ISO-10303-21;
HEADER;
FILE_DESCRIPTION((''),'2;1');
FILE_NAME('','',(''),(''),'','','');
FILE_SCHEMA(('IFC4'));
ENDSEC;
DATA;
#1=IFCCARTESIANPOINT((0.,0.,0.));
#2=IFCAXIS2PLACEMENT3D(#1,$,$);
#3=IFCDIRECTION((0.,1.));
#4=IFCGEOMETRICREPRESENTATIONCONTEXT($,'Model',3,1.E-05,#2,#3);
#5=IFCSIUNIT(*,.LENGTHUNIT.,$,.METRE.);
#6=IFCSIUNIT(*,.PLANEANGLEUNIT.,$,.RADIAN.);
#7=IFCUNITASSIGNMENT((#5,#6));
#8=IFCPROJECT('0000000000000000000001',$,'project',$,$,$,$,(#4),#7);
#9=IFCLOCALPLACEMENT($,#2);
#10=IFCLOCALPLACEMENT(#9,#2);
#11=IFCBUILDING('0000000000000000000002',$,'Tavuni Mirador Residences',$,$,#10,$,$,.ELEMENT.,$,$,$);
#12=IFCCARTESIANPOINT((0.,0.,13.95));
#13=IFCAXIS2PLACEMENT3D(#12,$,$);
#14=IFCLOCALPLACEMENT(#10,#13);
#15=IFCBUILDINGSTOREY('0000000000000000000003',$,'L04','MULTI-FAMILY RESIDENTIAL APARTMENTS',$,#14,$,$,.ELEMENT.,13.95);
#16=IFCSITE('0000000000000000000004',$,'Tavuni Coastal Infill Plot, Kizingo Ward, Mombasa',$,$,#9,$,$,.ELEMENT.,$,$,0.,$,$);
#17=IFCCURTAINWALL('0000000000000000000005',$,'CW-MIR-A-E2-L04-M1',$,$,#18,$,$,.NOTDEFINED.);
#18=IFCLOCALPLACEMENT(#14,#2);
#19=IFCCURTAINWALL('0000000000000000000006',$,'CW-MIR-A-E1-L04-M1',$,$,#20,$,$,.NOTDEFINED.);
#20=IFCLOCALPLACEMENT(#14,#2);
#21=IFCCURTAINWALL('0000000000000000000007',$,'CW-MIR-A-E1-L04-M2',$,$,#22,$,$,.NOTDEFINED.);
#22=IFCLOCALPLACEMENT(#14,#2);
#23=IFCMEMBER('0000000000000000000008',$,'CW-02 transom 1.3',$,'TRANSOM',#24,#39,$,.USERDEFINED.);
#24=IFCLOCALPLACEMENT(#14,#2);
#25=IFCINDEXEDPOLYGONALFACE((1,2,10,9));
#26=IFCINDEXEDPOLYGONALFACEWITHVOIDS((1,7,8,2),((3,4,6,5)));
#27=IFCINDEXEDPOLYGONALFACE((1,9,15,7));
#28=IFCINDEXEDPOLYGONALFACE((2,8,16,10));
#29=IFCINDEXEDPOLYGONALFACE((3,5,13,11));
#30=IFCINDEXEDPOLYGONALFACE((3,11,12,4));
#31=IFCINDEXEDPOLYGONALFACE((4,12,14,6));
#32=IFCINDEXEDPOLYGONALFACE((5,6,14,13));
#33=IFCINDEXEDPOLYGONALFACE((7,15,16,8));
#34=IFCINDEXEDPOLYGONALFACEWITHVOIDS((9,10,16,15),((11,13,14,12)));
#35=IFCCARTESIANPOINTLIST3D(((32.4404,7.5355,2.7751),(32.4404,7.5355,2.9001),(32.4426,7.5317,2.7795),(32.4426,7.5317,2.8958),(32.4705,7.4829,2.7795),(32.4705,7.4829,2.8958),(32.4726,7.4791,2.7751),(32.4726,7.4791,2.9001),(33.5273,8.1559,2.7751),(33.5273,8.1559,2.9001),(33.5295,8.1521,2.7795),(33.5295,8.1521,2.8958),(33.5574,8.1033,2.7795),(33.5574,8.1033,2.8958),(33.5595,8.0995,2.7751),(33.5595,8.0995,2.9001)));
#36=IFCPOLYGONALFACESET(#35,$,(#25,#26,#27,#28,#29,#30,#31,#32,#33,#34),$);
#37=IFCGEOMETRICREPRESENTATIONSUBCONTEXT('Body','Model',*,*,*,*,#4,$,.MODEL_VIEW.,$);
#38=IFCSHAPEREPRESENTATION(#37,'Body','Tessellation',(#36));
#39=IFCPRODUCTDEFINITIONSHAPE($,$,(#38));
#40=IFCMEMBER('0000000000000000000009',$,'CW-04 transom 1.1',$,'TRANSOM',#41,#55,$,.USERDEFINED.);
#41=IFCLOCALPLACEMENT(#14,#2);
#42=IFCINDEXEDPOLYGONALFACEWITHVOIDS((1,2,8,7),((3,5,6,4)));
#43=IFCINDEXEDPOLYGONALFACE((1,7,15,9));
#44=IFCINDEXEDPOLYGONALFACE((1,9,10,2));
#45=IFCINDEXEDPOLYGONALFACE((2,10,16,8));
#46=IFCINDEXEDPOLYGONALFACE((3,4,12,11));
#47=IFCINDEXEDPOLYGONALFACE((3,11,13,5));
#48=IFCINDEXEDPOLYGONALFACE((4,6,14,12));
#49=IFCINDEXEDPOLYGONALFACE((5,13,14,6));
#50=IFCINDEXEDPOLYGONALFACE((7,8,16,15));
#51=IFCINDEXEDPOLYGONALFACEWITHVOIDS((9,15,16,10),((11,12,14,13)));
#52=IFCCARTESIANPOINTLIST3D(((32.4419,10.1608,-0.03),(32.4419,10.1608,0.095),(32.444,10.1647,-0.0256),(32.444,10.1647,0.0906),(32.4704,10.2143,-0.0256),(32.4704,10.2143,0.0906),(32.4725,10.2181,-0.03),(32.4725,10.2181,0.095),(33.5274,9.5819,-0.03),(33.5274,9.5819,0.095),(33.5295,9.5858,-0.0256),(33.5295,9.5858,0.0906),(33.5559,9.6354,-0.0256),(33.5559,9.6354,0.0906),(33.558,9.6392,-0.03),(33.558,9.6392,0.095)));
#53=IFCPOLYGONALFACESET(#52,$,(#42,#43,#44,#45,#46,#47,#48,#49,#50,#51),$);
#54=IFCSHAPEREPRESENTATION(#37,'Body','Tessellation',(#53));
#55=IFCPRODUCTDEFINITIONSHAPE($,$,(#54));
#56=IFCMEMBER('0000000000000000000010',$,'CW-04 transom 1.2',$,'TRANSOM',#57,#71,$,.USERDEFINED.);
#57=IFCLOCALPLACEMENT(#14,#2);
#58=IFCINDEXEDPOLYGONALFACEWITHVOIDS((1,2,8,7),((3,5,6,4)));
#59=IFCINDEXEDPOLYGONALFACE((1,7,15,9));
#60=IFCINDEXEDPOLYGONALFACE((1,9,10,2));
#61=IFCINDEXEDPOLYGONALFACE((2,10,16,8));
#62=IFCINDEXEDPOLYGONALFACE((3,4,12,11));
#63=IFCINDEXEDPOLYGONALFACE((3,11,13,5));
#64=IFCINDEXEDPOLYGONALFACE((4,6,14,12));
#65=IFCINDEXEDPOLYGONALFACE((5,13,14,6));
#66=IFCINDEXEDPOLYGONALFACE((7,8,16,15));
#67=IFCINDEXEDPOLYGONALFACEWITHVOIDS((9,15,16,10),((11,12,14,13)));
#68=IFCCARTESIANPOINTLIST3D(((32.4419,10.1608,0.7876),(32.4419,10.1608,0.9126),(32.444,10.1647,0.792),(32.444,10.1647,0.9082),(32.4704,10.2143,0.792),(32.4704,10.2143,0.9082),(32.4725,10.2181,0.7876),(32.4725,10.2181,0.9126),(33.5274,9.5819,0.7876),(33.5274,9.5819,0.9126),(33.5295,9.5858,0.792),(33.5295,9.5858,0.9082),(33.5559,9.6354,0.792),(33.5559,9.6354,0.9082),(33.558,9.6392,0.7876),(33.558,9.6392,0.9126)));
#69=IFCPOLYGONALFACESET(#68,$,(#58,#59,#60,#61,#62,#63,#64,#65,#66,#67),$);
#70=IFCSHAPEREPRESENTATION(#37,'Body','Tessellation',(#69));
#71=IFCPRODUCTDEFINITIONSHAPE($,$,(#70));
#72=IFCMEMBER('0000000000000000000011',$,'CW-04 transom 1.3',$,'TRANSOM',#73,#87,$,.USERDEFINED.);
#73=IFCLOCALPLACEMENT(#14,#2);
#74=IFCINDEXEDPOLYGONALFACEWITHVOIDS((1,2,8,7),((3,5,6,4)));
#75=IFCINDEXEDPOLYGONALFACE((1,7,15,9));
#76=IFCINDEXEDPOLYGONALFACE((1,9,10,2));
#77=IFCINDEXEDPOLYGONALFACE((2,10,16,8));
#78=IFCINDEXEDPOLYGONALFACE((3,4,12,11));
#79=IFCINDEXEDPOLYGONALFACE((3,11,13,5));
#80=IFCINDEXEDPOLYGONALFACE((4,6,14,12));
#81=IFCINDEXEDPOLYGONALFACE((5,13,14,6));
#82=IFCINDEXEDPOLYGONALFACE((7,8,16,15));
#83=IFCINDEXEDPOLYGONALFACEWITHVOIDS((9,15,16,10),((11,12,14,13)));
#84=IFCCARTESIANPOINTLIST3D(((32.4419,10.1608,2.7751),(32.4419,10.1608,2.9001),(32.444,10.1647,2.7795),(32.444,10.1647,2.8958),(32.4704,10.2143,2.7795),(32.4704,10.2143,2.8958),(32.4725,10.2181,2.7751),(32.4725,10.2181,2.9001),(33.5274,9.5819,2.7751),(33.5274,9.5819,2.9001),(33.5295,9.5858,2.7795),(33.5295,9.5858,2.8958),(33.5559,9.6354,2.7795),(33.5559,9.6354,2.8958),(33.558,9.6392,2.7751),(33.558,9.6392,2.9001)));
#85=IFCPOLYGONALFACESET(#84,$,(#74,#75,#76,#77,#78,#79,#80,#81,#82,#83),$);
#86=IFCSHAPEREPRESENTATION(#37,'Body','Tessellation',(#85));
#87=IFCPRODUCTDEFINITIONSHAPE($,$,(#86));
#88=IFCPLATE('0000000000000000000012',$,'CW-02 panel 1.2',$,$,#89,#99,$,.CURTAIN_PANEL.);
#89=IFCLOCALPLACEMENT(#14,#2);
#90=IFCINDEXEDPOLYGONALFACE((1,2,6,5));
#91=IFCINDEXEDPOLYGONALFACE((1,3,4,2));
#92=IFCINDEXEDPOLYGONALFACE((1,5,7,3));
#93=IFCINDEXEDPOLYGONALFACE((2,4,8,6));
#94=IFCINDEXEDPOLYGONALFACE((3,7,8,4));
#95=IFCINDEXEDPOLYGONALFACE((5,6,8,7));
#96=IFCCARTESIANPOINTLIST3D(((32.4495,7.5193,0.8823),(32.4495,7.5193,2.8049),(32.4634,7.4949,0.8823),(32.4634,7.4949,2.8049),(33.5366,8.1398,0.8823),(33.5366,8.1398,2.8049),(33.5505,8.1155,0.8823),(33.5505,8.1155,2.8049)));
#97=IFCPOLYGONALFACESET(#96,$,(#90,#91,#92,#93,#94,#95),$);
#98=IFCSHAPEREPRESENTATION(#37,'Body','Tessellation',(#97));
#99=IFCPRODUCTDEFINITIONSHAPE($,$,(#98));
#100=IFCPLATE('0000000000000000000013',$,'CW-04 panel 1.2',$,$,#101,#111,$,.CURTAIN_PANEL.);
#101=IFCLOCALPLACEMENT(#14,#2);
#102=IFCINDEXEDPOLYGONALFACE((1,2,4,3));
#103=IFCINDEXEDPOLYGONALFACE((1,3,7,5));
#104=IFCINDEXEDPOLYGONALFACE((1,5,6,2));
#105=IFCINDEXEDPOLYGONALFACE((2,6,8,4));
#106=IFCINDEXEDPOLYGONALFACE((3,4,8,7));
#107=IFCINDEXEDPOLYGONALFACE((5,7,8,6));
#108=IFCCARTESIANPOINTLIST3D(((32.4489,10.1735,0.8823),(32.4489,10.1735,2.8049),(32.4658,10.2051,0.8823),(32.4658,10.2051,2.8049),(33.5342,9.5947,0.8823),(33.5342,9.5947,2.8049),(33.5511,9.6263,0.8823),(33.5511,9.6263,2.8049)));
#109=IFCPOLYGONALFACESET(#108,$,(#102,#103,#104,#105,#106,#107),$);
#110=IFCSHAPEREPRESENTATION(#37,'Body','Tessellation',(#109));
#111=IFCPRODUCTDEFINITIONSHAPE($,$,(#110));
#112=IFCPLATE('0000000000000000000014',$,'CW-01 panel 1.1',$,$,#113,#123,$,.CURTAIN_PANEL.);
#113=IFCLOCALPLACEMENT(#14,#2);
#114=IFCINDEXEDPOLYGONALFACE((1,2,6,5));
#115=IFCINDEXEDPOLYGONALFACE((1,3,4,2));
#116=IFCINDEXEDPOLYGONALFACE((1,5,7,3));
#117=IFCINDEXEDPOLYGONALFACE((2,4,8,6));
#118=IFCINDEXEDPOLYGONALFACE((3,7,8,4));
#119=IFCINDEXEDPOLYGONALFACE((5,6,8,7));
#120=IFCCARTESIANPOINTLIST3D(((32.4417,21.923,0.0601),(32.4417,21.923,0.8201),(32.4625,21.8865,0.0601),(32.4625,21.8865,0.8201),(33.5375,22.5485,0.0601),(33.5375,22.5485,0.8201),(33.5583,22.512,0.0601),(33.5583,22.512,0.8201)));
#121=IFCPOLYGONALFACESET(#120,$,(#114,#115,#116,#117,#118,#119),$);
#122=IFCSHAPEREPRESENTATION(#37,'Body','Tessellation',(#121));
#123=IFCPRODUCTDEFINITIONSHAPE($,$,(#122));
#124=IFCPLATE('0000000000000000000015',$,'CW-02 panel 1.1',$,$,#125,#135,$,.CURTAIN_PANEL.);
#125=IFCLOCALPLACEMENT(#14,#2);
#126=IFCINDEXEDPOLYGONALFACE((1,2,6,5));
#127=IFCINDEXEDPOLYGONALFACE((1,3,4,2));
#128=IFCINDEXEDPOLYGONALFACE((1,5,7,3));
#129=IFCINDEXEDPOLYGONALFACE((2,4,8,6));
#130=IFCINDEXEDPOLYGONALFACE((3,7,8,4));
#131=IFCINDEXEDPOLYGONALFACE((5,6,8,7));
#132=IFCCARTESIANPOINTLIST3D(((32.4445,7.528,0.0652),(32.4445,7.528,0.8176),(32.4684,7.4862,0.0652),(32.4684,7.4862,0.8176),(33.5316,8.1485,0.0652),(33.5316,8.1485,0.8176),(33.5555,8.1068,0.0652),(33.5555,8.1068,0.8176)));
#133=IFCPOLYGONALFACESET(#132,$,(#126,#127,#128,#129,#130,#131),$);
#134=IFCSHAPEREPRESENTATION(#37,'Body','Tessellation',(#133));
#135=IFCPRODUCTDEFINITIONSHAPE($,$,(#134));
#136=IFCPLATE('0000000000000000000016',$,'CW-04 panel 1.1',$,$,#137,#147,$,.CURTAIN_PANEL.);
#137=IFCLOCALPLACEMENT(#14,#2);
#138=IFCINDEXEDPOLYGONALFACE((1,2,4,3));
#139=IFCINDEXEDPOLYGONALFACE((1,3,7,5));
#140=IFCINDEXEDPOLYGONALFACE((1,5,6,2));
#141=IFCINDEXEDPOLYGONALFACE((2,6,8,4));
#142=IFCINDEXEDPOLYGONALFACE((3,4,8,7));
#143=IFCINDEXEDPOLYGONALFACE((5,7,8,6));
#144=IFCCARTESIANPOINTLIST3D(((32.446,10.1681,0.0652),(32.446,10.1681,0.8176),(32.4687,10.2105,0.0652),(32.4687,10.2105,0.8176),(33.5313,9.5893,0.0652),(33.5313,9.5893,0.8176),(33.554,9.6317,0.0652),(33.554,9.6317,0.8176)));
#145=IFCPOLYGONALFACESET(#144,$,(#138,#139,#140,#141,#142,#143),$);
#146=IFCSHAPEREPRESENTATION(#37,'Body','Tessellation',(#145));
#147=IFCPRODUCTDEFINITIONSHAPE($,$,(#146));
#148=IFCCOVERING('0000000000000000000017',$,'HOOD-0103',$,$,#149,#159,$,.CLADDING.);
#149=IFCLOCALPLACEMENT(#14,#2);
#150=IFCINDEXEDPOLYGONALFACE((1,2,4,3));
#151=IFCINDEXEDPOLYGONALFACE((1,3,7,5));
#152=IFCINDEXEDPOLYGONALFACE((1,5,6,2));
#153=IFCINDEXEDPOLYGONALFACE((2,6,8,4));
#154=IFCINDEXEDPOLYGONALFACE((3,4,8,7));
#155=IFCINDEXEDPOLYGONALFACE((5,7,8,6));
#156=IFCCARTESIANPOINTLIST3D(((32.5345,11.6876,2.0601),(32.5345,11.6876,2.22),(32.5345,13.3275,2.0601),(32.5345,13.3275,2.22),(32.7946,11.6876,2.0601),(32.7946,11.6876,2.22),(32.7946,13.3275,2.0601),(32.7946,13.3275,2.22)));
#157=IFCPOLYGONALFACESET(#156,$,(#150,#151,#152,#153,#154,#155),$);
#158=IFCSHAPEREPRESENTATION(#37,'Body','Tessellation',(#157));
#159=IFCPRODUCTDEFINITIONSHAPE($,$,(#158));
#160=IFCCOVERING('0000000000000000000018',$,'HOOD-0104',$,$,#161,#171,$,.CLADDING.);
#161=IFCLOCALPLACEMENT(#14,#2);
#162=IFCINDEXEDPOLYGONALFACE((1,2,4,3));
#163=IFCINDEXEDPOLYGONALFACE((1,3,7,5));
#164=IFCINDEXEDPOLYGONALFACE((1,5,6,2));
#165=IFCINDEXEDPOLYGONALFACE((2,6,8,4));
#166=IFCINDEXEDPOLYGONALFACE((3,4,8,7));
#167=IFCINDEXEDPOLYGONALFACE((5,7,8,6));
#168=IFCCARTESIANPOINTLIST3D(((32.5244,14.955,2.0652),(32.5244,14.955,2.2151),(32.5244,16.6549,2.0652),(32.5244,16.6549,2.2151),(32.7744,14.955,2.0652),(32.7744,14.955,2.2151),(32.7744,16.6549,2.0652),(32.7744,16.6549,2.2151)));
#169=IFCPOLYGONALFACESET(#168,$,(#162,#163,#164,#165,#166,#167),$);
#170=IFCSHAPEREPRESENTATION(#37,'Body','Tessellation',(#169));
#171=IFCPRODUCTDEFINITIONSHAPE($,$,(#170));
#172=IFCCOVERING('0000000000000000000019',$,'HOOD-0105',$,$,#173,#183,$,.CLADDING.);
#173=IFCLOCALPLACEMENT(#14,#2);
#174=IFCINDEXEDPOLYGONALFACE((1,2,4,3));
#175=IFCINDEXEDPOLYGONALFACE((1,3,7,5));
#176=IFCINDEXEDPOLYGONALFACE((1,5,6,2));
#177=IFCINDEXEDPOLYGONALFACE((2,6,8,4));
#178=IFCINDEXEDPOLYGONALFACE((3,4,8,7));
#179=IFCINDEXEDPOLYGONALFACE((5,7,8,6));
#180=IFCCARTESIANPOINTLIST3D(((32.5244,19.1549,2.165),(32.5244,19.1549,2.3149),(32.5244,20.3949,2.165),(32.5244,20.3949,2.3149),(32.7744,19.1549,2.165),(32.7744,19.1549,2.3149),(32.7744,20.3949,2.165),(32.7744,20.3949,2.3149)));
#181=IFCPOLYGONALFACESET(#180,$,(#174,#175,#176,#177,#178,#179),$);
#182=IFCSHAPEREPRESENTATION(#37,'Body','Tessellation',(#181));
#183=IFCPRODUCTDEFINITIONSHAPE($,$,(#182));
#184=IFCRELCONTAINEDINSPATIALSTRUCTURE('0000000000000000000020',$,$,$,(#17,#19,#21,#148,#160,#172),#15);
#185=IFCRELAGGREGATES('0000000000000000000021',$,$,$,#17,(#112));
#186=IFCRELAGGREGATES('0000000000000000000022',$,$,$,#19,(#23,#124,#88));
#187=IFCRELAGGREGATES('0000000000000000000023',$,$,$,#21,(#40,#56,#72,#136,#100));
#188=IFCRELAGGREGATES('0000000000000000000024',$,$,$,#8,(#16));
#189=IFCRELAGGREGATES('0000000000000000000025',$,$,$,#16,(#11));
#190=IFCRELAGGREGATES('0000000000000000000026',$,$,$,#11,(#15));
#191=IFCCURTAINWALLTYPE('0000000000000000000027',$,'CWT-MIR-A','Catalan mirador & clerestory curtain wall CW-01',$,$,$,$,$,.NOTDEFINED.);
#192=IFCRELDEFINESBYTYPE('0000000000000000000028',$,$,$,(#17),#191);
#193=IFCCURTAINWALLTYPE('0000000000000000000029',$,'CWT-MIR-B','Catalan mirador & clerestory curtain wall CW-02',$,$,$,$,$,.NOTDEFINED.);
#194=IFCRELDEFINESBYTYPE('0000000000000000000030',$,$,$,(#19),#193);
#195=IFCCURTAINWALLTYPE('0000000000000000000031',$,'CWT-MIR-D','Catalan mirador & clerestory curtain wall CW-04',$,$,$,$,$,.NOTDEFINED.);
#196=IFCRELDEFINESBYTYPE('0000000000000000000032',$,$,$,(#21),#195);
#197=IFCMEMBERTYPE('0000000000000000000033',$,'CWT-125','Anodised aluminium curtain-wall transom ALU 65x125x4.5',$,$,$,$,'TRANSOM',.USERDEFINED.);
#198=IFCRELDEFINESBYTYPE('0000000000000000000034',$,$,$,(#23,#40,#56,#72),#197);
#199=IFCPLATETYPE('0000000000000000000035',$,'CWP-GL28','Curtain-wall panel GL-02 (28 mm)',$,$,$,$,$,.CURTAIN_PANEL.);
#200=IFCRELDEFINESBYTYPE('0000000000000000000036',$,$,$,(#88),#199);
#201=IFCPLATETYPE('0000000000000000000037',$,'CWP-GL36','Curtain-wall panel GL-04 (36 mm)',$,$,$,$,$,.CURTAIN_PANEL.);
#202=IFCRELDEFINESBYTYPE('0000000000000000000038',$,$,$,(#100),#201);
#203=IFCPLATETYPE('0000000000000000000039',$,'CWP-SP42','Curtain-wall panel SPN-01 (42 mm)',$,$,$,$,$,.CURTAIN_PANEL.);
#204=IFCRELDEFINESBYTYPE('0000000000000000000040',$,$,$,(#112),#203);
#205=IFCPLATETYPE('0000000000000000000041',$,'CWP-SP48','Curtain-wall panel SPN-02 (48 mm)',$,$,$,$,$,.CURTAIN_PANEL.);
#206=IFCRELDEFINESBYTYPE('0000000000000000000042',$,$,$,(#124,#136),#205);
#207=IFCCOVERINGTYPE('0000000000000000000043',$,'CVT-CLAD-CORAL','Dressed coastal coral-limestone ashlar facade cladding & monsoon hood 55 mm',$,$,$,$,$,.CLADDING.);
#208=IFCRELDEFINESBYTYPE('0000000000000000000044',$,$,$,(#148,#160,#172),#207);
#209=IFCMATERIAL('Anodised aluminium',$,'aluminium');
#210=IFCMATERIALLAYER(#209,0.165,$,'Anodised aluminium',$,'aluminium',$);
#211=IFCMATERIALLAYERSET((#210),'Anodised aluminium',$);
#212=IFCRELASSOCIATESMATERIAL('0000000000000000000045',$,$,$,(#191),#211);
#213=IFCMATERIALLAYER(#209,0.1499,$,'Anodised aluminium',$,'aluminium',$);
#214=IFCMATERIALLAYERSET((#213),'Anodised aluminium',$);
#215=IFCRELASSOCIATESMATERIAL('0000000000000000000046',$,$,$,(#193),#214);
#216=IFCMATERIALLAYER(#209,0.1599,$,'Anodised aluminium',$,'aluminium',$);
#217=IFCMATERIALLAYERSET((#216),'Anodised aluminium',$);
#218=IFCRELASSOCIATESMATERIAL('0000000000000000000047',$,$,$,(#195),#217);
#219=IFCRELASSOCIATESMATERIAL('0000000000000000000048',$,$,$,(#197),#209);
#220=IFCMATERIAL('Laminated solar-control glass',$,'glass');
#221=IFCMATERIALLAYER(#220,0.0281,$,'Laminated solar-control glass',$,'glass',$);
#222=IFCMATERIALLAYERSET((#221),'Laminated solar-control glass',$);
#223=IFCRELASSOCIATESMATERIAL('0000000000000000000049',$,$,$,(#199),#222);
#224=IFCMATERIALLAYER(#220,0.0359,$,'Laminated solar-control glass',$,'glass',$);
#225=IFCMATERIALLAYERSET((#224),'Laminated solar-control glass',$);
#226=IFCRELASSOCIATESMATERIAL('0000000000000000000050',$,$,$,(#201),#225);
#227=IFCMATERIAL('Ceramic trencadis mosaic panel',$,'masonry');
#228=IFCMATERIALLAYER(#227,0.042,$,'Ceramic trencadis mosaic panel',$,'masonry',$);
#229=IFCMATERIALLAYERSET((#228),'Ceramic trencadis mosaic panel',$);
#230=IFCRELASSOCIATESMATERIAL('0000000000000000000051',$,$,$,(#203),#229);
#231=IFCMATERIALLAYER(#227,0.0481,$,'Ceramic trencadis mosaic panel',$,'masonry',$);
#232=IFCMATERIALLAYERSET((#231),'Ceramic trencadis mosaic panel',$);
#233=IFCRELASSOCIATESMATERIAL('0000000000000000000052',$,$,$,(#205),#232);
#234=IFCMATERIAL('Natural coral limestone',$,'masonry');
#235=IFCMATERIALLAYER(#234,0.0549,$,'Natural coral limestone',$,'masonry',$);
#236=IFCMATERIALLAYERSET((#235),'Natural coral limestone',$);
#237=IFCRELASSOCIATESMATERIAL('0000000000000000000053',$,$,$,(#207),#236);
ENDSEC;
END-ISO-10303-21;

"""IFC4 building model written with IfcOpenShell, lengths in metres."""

from ifc_helpers import new_model, si_unit, direction, frame, origin, origin_2d, place, context, subcontext, project, spatial, rectangle, hollow_rectangle, extrude, material, layer, layer_set, material_profile, profile_set, type_object, element, aggregate, save


model = new_model("IFC4")

# Units and contexts
model_context = context("Model", 3, precision=1e-05, world=origin(), true_north=direction((0.0, 1.0)))
body_context = subcontext(model_context, "Body", "Model", "MODEL_VIEW")
ifc_project = project(units=[si_unit("LENGTHUNIT", "METRE"), si_unit("PLANEANGLEUNIT", "RADIAN")], contexts=[model_context])

# Site, building, storey
site_placement = place(None, origin())
site = spatial("IfcSite", under=ifc_project, at=site_placement, Name="Tavuni Coastal Infill Plot, Kizingo Ward, Mombasa", CompositionType="ELEMENT", RefElevation=0.0)
building_placement = place(site_placement, origin())
building = spatial("IfcBuilding", under=site, at=building_placement, Name="Tavuni Mirador Residences", CompositionType="ELEMENT")
storey_placement = place(building_placement, frame((0.0, 0.0, 13.95)))
storey = spatial("IfcBuildingStorey", under=building, at=storey_placement, Name="L04", Description="MULTI-FAMILY RESIDENTIAL APARTMENTS", CompositionType="ELEMENT", Elevation=13.95)

# Curtain wall
ifc_material_1 = material(Name="Anodised aluminium", Category="aluminium")
ifc_layer_1 = layer(ifc_material_1, 0.165, Name="Anodised aluminium", Category="aluminium")
ifc_layer_set_1 = layer_set([ifc_layer_1], Name="Anodised aluminium")
curtain_wall_type_1 = type_object("IfcCurtainWallType", Name="CWT-MIR-A", Description="Catalan mirador & clerestory curtain wall CW-01", PredefinedType="NOTDEFINED", material=ifc_layer_set_1)
curtain_wall_1_placement = place(storey_placement, origin())
curtain_wall_1 = element("IfcCurtainWall", 1, at=curtain_wall_1_placement, inside=storey, type_object=curtain_wall_type_1, Name="CW-MIR-A-E2-L04-M1", PredefinedType="NOTDEFINED")

# Curtain walls
ifc_layer_2 = layer(ifc_material_1, 0.1499, Name="Anodised aluminium", Category="aluminium")
ifc_layer_set_2 = layer_set([ifc_layer_2], Name="Anodised aluminium")
curtain_wall_type_2 = type_object("IfcCurtainWallType", Name="CWT-MIR-B", Description="Catalan mirador & clerestory curtain wall CW-02", PredefinedType="NOTDEFINED", material=ifc_layer_set_2)
curtain_wall_2_placement = place(storey_placement, origin())
curtain_wall_2 = element("IfcCurtainWall", 2, at=curtain_wall_2_placement, inside=storey, type_object=curtain_wall_type_2, Name="CW-MIR-A-E1-L04-M1", PredefinedType="NOTDEFINED")
ifc_layer_3 = layer(ifc_material_1, 0.1599, Name="Anodised aluminium", Category="aluminium")
ifc_layer_set_3 = layer_set([ifc_layer_3], Name="Anodised aluminium")
curtain_wall_type_3 = type_object("IfcCurtainWallType", Name="CWT-MIR-D", Description="Catalan mirador & clerestory curtain wall CW-04", PredefinedType="NOTDEFINED", material=ifc_layer_set_3)
curtain_wall_3_placement = place(storey_placement, origin())
curtain_wall_3 = element("IfcCurtainWall", 3, at=curtain_wall_3_placement, inside=storey, type_object=curtain_wall_type_3, Name="CW-MIR-A-E1-L04-M2", PredefinedType="NOTDEFINED")

# Members
ifc_material_profile_1 = material_profile(ifc_material_1, hollow_rectangle(XDim=0.0649, YDim=0.125, WallThickness=0.0044, at=origin_2d()), Name="ALU 65x125x4.5", Category="aluminium")
ifc_profile_set_1 = profile_set([ifc_material_profile_1], Name="Anodised aluminium")
member_type_1 = type_object("IfcMemberType", Name="CWT-125", Description="Anodised aluminium curtain-wall transom ALU 65x125x4.5", ElementType="TRANSOM", PredefinedType="USERDEFINED", material=ifc_profile_set_1)
member_1_placement = place(storey_placement, frame((32.4565, 7.5073, 2.8376), z_axis=(0.868495, 0.495698, 0.0), x_axis=(-0.495698, 0.868495, 0.0)))
member_1 = element("IfcMember", 4, at=member_1_placement, type_object=member_type_1, Name="CW-02 transom 1.3", ObjectType="TRANSOM", PredefinedType="USERDEFINED", context=body_context, shape_type="SweptSolid", body=[
    extrude(hollow_rectangle(XDim=0.0649, YDim=0.125, WallThickness=0.0044, at=origin_2d()), origin(), (0.0, 0.0, 1.0), 1.2515),
])
member_2_placement = place(storey_placement, frame((33.5427, 9.6106, 0.0325), z_axis=(-0.882369, 0.470557, 0.0), x_axis=(-0.470557, -0.882369, 0.0)))
member_2 = element("IfcMember", 5, at=member_2_placement, type_object=member_type_1, Name="CW-04 transom 1.1", ObjectType="TRANSOM", PredefinedType="USERDEFINED", context=body_context, shape_type="SweptSolid", body=[
    extrude(hollow_rectangle(XDim=0.0649, YDim=0.125, WallThickness=0.0044, at=origin_2d()), origin(), (0.0, 0.0, 1.0), 1.2302),
])
member_3_placement = place(storey_placement, frame((33.5427, 9.6106, 0.8501), z_axis=(-0.882369, 0.470557, 0.0), x_axis=(-0.470557, -0.882369, 0.0)))
member_3 = element("IfcMember", 6, at=member_3_placement, type_object=member_type_1, Name="CW-04 transom 1.2", ObjectType="TRANSOM", PredefinedType="USERDEFINED", context=body_context, shape_type="SweptSolid", body=[
    extrude(hollow_rectangle(XDim=0.0649, YDim=0.125, WallThickness=0.0044, at=origin_2d()), origin(), (0.0, 0.0, 1.0), 1.2302),
])
member_4_placement = place(storey_placement, frame((33.5427, 9.6106, 2.8376), z_axis=(-0.882369, 0.470557, 0.0), x_axis=(-0.470557, -0.882369, 0.0)))
member_4 = element("IfcMember", 7, at=member_4_placement, type_object=member_type_1, Name="CW-04 transom 1.3", ObjectType="TRANSOM", PredefinedType="USERDEFINED", context=body_context, shape_type="SweptSolid", body=[
    extrude(hollow_rectangle(XDim=0.0649, YDim=0.125, WallThickness=0.0044, at=origin_2d()), origin(), (0.0, 0.0, 1.0), 1.2302),
])

# Plates
ifc_material_2 = material(Name="Laminated solar-control glass", Category="glass")
ifc_layer_4 = layer(ifc_material_2, 0.0281, Name="Laminated solar-control glass", Category="glass")
ifc_layer_set_4 = layer_set([ifc_layer_4], Name="Laminated solar-control glass")
plate_type_1 = type_object("IfcPlateType", Name="CWP-GL28", Description="Curtain-wall panel GL-02 (28 mm)", PredefinedType="CURTAIN_PANEL", material=ifc_layer_set_4)
plate_1_placement = place(storey_placement, frame((33.0, 7.8174, 0.8823), z_axis=(0.0, 0.0, 1.0), x_axis=(0.868466, 0.495749, 0.0)))
plate_1 = element("IfcPlate", 8, at=plate_1_placement, type_object=plate_type_1, Name="CW-02 panel 1.2", PredefinedType="CURTAIN_PANEL", context=body_context, shape_type="SweptSolid", body=[
    extrude(rectangle(XDim=1.2517, YDim=0.0281, at=origin_2d()), origin(), (0.0, 0.0, 1.0), 1.9226),
])
ifc_layer_5 = layer(ifc_material_2, 0.0359, Name="Laminated solar-control glass", Category="glass")
ifc_layer_set_5 = layer_set([ifc_layer_5], Name="Laminated solar-control glass")
plate_type_2 = type_object("IfcPlateType", Name="CWP-GL36", Description="Curtain-wall panel GL-04 (36 mm)", PredefinedType="CURTAIN_PANEL", material=ifc_layer_set_5)
plate_2_placement = place(storey_placement, frame((33.0, 9.8999, 0.8823), z_axis=(0.0, 0.0, 1.0), x_axis=(-0.882353, 0.470588, 0.0)))
plate_2 = element("IfcPlate", 9, at=plate_2_placement, type_object=plate_type_2, Name="CW-04 panel 1.2", PredefinedType="CURTAIN_PANEL", context=body_context, shape_type="SweptSolid", body=[
    extrude(rectangle(XDim=1.23, YDim=0.0359, at=origin_2d()), origin(), (0.0, 0.0, 1.0), 1.9226),
])
ifc_material_3 = material(Name="Ceramic trencadis mosaic panel", Category="masonry")
ifc_layer_6 = layer(ifc_material_3, 0.042, Name="Ceramic trencadis mosaic panel", Category="masonry")
ifc_layer_set_6 = layer_set([ifc_layer_6], Name="Ceramic trencadis mosaic panel")
plate_type_3 = type_object("IfcPlateType", Name="CWP-SP42", Description="Curtain-wall panel SPN-01 (42 mm)", PredefinedType="CURTAIN_PANEL", material=ifc_layer_set_6)
plate_3_placement = place(storey_placement, frame((33.0, 22.2175, 0.0601), z_axis=(0.0, 0.0, 1.0), x_axis=(0.868466, 0.495749, 0.0)))
plate_3 = element("IfcPlate", 10, at=plate_3_placement, type_object=plate_type_3, Name="CW-01 panel 1.1", PredefinedType="CURTAIN_PANEL", context=body_context, shape_type="SweptSolid", body=[
    extrude(rectangle(XDim=1.2617, YDim=0.042, at=origin_2d()), origin(), (0.0, 0.0, 1.0), 0.76),
])
aggregate(curtain_wall_1, [plate_3])
ifc_layer_7 = layer(ifc_material_3, 0.0481, Name="Ceramic trencadis mosaic panel", Category="masonry")
ifc_layer_set_7 = layer_set([ifc_layer_7], Name="Ceramic trencadis mosaic panel")
plate_type_4 = type_object("IfcPlateType", Name="CWP-SP48", Description="Curtain-wall panel SPN-02 (48 mm)", PredefinedType="CURTAIN_PANEL", material=ifc_layer_set_7)
plate_4_placement = place(storey_placement, frame((33.0, 7.8174, 0.0652), z_axis=(0.0, 0.0, 1.0), x_axis=(0.868466, 0.495749, 0.0)))
plate_4 = element("IfcPlate", 11, at=plate_4_placement, type_object=plate_type_4, Name="CW-02 panel 1.1", PredefinedType="CURTAIN_PANEL", context=body_context, shape_type="SweptSolid", body=[
    extrude(rectangle(XDim=1.2517, YDim=0.0481, at=origin_2d()), origin(), (0.0, 0.0, 1.0), 0.7524),
])
aggregate(curtain_wall_2, [member_1, plate_4, plate_1])
plate_5_placement = place(storey_placement, frame((33.0, 9.8999, 0.0652), z_axis=(0.0, 0.0, 1.0), x_axis=(-0.882353, 0.470588, 0.0)))
plate_5 = element("IfcPlate", 12, at=plate_5_placement, type_object=plate_type_4, Name="CW-04 panel 1.1", PredefinedType="CURTAIN_PANEL", context=body_context, shape_type="SweptSolid", body=[
    extrude(rectangle(XDim=1.23, YDim=0.0481, at=origin_2d()), origin(), (0.0, 0.0, 1.0), 0.7524),
])
aggregate(curtain_wall_3, [member_2, member_3, member_4, plate_5, plate_2])

# Coverings
ifc_material_4 = material(Name="Natural coral limestone", Category="masonry")
ifc_layer_8 = layer(ifc_material_4, 0.0549, Name="Natural coral limestone", Category="masonry")
ifc_layer_set_8 = layer_set([ifc_layer_8], Name="Natural coral limestone")
covering_type = type_object("IfcCoveringType", Name="CVT-CLAD-CORAL", Description="Dressed coastal coral-limestone ashlar facade cladding & monsoon hood 55 mm", PredefinedType="CLADDING", material=ifc_layer_set_8)
covering_1_placement = place(storey_placement, frame((32.6646, 12.5076, 2.0601), z_axis=(0.0, 0.0, 1.0), x_axis=(0.0, 1.0, 0.0)))
element("IfcCovering", 13, at=covering_1_placement, inside=storey, type_object=covering_type, Name="HOOD-0103", PredefinedType="CLADDING", context=body_context, shape_type="SweptSolid", body=[
    extrude(rectangle(XDim=1.6399, YDim=0.26, at=origin_2d()), origin(), (0.0, 0.0, 1.0), 0.1599),
])
covering_2_placement = place(storey_placement, frame((32.6494, 15.8049, 2.0652), z_axis=(0.0, 0.0, 1.0), x_axis=(0.0, 1.0, 0.0)))
element("IfcCovering", 14, at=covering_2_placement, inside=storey, type_object=covering_type, Name="HOOD-0104", PredefinedType="CLADDING", context=body_context, shape_type="SweptSolid", body=[
    extrude(rectangle(XDim=1.7, YDim=0.25, at=origin_2d()), origin(), (0.0, 0.0, 1.0), 0.1499),
])
covering_3_placement = place(storey_placement, frame((32.6494, 19.7749, 2.165), z_axis=(0.0, 0.0, 1.0), x_axis=(0.0, 1.0, 0.0)))
element("IfcCovering", 15, at=covering_3_placement, inside=storey, type_object=covering_type, Name="HOOD-0105", PredefinedType="CLADDING", context=body_context, shape_type="SweptSolid", body=[
    extrude(rectangle(XDim=1.24, YDim=0.25, at=origin_2d()), origin(), (0.0, 0.0, 1.0), 0.1499),
])

save(model, "model.ifc")
